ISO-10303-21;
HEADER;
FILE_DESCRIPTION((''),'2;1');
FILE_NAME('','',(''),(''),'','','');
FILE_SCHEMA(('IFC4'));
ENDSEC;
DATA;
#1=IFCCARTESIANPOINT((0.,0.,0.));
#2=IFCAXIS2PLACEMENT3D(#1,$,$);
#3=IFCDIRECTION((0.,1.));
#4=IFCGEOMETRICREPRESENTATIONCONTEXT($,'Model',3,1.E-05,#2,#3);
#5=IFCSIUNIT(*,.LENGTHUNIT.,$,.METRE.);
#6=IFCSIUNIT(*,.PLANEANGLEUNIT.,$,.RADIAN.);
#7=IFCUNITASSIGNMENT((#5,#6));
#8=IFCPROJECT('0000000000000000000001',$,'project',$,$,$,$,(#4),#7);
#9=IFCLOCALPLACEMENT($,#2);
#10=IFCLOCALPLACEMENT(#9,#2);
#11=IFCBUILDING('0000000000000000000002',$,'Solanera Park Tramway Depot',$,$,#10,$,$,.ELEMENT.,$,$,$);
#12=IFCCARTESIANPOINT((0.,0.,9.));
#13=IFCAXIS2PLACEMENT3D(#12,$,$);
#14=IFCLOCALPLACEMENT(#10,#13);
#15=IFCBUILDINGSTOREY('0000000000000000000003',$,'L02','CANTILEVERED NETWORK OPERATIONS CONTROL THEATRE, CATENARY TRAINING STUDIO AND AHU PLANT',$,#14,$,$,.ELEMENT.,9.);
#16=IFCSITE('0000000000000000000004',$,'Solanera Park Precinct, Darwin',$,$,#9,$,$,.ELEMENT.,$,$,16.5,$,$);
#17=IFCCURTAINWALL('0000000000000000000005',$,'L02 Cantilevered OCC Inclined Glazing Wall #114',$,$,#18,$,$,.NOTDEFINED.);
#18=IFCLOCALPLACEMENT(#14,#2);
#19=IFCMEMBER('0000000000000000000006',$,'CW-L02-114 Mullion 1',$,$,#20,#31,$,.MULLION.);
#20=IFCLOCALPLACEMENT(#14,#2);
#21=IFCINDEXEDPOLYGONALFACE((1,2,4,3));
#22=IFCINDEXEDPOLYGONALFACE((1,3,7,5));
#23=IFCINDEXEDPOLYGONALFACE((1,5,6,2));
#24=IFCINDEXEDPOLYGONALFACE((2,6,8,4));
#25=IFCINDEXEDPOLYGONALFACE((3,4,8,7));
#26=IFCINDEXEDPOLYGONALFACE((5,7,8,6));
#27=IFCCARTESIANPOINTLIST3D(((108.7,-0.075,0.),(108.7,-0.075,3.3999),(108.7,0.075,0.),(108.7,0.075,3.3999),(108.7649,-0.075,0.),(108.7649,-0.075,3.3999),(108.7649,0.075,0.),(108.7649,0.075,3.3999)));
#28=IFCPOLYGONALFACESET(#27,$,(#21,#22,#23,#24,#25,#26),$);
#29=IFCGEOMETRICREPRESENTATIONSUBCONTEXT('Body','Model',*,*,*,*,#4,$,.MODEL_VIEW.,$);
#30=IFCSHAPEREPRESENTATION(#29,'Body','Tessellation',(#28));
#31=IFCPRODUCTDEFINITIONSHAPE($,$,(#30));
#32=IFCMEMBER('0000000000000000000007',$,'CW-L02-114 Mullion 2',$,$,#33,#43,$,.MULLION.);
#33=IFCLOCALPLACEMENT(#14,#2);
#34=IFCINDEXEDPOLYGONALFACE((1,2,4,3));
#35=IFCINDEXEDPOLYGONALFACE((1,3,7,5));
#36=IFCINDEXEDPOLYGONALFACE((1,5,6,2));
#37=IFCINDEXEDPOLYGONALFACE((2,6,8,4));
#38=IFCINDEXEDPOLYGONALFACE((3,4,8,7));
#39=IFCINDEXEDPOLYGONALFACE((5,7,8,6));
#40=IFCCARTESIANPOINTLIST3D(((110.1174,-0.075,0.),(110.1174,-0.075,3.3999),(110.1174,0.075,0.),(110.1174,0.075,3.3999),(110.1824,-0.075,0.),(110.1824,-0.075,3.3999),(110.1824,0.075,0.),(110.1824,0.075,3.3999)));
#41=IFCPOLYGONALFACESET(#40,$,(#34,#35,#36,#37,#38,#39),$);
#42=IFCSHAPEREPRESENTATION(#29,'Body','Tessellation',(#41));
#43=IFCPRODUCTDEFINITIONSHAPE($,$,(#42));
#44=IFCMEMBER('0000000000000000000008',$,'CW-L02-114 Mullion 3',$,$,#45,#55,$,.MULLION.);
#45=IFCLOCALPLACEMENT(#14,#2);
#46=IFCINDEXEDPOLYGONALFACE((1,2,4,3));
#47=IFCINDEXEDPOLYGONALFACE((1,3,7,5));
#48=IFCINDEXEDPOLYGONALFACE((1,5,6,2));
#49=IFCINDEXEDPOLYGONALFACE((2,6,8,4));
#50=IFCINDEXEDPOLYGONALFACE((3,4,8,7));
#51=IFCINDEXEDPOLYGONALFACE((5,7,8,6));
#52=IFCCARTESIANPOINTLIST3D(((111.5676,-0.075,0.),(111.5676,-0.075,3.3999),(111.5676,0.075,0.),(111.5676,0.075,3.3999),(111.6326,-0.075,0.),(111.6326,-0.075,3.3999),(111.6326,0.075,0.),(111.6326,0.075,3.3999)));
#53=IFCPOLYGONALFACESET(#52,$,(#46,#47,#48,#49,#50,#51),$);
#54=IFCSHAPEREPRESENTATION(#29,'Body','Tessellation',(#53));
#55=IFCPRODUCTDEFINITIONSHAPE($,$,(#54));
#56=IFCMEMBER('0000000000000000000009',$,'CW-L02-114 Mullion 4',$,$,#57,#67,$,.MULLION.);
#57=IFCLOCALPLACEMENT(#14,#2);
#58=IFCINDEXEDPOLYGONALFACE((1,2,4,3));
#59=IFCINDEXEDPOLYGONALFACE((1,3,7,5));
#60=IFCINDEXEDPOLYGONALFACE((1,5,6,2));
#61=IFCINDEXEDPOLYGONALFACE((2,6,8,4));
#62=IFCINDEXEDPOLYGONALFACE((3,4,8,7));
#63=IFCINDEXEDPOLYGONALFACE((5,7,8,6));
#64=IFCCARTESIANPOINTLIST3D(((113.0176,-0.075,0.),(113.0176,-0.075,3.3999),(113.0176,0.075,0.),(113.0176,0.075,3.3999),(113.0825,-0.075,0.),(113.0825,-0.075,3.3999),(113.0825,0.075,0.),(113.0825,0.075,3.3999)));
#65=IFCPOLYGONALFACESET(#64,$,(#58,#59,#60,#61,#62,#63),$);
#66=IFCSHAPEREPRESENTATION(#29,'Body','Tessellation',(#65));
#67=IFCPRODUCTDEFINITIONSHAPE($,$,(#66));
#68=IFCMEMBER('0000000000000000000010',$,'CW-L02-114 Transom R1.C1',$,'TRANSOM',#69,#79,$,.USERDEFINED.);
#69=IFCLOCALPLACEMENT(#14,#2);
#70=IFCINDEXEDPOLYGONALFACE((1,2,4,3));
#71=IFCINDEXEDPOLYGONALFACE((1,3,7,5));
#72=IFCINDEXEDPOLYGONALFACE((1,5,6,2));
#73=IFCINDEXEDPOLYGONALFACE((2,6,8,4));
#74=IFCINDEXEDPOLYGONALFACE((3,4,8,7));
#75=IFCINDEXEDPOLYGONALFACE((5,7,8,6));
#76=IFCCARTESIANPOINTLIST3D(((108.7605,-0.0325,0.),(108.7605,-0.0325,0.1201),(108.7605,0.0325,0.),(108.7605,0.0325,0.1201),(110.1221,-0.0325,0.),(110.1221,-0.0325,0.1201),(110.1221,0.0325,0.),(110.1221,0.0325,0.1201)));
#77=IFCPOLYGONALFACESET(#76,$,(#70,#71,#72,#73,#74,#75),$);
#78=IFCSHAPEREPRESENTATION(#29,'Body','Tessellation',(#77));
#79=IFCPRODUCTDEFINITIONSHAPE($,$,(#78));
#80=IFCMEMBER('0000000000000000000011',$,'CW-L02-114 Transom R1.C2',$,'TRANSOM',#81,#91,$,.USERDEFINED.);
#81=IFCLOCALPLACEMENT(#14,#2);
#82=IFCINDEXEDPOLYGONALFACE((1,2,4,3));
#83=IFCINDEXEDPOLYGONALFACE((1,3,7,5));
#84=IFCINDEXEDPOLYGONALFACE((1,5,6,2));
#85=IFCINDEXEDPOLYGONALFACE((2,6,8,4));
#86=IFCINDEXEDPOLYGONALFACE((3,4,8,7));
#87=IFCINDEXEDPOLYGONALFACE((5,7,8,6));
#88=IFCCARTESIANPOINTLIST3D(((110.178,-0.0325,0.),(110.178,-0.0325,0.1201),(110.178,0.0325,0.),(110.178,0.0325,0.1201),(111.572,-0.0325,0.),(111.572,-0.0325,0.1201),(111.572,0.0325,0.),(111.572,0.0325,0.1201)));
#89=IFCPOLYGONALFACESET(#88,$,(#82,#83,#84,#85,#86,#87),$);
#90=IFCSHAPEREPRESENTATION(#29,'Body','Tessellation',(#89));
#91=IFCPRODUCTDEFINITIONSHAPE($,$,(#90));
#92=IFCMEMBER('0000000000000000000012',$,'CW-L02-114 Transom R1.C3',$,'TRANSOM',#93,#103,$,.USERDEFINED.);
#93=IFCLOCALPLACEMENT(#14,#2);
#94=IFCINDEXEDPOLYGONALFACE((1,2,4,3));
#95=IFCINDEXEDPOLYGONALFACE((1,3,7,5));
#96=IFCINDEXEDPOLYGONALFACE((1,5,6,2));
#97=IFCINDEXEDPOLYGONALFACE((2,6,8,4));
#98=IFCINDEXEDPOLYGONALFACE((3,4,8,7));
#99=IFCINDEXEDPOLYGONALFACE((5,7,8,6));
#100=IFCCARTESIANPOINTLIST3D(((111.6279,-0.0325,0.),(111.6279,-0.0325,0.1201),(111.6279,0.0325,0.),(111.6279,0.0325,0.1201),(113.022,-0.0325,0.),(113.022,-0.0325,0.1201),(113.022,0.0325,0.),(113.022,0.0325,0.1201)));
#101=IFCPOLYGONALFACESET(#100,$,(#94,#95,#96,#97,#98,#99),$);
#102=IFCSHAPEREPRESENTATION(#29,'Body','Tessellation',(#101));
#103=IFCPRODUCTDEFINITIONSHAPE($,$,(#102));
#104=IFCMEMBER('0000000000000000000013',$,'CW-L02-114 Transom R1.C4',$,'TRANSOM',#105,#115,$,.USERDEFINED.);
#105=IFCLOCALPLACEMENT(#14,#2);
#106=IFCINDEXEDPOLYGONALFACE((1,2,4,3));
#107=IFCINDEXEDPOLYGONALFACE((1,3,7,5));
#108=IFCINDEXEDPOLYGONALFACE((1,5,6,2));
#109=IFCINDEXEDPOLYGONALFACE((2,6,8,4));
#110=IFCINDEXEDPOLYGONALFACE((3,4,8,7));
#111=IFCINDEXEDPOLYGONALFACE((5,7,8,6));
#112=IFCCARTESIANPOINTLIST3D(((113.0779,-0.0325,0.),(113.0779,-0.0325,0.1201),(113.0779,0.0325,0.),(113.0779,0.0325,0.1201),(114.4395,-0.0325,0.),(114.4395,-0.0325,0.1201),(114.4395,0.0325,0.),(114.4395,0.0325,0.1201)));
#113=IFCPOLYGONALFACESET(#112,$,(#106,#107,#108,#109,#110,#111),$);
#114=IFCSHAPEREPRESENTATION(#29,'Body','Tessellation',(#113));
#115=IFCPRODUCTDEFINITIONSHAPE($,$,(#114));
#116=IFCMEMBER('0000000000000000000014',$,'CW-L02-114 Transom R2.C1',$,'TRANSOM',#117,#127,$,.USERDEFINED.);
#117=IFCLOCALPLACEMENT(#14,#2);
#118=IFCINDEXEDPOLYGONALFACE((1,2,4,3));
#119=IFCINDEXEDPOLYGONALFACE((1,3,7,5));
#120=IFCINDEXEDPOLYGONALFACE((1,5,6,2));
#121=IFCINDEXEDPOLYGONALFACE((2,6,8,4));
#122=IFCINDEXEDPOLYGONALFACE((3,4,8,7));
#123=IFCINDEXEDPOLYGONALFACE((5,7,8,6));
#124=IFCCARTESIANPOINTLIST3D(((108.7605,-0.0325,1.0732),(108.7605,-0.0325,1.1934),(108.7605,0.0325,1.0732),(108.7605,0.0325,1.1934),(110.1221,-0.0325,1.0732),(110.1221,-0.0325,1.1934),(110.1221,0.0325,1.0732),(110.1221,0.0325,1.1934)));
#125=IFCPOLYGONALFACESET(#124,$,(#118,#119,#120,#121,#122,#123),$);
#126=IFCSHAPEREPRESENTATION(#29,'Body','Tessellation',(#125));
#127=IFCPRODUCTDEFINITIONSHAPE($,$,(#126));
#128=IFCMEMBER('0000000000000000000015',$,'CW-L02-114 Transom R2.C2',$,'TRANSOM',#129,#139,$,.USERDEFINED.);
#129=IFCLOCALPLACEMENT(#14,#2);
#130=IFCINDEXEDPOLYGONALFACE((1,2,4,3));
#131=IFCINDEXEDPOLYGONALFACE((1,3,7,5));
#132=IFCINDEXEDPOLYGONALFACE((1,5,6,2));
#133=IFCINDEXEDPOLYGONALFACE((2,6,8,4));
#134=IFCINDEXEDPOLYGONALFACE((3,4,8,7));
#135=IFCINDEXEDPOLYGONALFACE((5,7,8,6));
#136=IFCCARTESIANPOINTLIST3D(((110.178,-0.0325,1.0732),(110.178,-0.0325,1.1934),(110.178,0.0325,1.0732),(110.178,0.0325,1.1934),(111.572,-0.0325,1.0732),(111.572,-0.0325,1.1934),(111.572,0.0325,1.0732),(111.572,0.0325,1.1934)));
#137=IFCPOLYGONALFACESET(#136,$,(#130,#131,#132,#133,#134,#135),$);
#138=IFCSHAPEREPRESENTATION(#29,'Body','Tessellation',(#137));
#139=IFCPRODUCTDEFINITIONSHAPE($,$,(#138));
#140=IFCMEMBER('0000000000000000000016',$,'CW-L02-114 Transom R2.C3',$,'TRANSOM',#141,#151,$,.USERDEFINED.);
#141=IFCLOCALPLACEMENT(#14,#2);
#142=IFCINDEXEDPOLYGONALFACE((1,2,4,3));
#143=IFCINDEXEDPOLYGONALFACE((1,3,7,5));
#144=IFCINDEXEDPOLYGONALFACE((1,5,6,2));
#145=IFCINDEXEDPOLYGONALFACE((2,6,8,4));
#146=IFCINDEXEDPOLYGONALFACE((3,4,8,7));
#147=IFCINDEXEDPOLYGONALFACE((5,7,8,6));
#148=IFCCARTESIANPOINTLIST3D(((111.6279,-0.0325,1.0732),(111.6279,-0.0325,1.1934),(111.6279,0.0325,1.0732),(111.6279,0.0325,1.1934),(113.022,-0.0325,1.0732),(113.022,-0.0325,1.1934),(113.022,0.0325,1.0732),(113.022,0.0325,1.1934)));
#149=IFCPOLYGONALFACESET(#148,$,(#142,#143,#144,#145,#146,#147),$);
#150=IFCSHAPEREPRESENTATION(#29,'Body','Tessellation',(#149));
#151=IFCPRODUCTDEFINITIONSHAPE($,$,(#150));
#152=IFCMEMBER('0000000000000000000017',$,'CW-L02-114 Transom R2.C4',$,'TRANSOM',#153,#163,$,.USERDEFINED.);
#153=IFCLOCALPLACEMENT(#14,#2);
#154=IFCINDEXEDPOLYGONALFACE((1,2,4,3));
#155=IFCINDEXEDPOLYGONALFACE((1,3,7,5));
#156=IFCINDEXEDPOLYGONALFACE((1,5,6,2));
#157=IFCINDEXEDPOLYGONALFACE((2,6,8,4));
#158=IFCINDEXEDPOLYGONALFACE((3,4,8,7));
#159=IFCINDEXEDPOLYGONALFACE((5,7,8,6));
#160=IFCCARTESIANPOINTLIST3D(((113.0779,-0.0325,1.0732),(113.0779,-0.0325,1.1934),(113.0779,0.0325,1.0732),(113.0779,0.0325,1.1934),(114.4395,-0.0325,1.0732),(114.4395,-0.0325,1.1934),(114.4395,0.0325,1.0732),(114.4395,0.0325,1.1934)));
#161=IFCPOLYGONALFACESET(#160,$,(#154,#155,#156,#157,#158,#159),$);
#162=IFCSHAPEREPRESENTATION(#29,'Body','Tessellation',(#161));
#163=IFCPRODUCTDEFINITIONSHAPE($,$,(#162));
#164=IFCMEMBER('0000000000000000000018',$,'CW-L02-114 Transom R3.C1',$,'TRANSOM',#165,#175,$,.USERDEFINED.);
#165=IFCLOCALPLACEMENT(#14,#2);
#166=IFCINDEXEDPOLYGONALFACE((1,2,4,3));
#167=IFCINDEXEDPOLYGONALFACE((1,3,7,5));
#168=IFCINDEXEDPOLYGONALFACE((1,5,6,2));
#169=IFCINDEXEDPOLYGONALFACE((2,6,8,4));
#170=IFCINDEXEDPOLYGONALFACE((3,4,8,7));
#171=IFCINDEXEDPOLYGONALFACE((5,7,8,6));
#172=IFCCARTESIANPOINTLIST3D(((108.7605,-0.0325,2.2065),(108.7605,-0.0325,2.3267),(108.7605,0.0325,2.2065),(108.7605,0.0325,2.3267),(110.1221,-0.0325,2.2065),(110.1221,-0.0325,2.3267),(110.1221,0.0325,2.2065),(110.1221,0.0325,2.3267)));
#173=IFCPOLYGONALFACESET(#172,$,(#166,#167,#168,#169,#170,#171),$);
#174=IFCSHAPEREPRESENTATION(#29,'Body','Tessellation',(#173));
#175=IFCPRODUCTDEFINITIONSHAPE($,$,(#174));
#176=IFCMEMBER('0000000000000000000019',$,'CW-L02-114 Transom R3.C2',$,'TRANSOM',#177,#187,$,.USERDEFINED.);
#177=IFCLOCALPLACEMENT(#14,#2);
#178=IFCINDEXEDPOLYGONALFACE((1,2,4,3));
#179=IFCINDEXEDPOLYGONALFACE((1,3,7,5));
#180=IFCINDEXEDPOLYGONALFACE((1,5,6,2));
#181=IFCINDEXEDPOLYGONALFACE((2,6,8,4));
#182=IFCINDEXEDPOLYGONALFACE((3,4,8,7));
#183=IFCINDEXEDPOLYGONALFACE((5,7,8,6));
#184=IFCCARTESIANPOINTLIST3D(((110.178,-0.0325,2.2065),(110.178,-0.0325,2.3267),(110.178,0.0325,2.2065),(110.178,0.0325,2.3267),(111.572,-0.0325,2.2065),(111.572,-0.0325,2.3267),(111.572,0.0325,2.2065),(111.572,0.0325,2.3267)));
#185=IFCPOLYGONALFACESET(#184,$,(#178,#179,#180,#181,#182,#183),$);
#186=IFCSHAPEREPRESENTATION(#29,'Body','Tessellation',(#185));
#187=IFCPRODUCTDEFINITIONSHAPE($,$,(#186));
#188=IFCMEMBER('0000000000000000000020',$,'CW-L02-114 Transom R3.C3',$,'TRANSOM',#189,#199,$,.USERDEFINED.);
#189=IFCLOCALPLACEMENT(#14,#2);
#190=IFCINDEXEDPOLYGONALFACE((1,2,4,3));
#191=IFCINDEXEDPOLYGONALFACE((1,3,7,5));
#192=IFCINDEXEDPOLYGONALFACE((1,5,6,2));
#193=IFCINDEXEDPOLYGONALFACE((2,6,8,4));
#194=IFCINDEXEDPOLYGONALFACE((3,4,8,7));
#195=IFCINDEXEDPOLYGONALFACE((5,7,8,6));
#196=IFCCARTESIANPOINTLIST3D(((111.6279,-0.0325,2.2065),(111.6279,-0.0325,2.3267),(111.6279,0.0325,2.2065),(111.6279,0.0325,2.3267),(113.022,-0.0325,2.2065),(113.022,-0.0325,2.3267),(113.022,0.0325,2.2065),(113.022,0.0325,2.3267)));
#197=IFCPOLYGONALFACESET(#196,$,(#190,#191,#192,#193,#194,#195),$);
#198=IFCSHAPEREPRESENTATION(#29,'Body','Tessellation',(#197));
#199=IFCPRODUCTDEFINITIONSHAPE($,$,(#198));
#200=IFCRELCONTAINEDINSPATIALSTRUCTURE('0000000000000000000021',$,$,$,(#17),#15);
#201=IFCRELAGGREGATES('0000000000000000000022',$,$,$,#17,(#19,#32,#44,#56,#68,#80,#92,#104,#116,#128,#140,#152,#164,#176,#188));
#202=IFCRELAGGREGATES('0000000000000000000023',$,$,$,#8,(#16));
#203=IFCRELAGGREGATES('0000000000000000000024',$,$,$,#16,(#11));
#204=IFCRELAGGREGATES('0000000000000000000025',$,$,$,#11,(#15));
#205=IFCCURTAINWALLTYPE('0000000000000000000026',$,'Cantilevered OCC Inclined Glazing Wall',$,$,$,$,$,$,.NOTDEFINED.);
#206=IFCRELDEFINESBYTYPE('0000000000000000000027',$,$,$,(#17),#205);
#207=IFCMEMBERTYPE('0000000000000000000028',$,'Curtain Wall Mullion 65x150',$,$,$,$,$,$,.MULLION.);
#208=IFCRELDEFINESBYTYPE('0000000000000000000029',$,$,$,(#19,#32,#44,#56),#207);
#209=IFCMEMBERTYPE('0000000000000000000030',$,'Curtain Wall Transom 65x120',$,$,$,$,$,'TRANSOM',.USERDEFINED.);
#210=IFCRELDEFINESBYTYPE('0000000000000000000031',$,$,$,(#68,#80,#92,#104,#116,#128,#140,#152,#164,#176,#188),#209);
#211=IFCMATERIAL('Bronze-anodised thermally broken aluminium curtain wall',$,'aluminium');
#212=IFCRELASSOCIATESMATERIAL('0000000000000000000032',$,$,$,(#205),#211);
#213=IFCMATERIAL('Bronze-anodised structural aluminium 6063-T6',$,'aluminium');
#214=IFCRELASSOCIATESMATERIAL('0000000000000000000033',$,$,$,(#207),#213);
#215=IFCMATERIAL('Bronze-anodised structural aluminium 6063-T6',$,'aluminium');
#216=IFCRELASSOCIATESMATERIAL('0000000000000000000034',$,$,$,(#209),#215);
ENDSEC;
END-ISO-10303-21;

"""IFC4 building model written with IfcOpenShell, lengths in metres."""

from ifc_helpers import new_model, si_unit, direction, frame, origin, origin_2d, place, context, subcontext, project, spatial, rectangle, extrude, material, material_profile, profile_set, type_object, element, aggregate, save


model = new_model("IFC4")

# Units and contexts
model_context = context("Model", 3, precision=1e-05, world=origin(), true_north=direction((0.0, 1.0)))
body_context = subcontext(model_context, "Body", "Model", "MODEL_VIEW")
ifc_project = project(units=[si_unit("LENGTHUNIT", "METRE"), si_unit("PLANEANGLEUNIT", "RADIAN")], contexts=[model_context])

# Site, building, storey
site_placement = place(None, origin())
site = spatial("IfcSite", under=ifc_project, at=site_placement, Name="Solanera Park Precinct, Darwin", CompositionType="ELEMENT", RefElevation=16.5)
building_placement = place(site_placement, origin())
building = spatial("IfcBuilding", under=site, at=building_placement, Name="Solanera Park Tramway Depot", CompositionType="ELEMENT")
storey_placement = place(building_placement, frame((0.0, 0.0, 9.0)))
storey = spatial("IfcBuildingStorey", under=building, at=storey_placement, Name="L02", Description="CANTILEVERED NETWORK OPERATIONS CONTROL THEATRE, CATENARY TRAINING STUDIO AND AHU PLANT", CompositionType="ELEMENT", Elevation=9.0)

# Curtain wall, members
ifc_material_1 = material(Name="Bronze-anodised thermally broken aluminium curtain wall", Category="aluminium")
curtain_wall_type = type_object("IfcCurtainWallType", Name="Cantilevered OCC Inclined Glazing Wall", PredefinedType="NOTDEFINED", material=ifc_material_1)
curtain_wall_placement = place(storey_placement, origin())
curtain_wall = element("IfcCurtainWall", 1, at=curtain_wall_placement, inside=storey, type_object=curtain_wall_type, Name="L02 Cantilevered OCC Inclined Glazing Wall #114", PredefinedType="NOTDEFINED")
ifc_material_2 = material(Name="Bronze-anodised structural aluminium 6063-T6", Category="aluminium")
ifc_material_profile_1 = material_profile(ifc_material_2, rectangle(XDim=0.0649, YDim=0.1499, at=origin_2d()), Name="Curtain Wall Mullion 65x150")
ifc_profile_set_1 = profile_set([ifc_material_profile_1], Name="Bronze-anodised structural aluminium 6063-T6")
member_type_1 = type_object("IfcMemberType", Name="Curtain Wall Mullion 65x150", PredefinedType="MULLION", material=ifc_profile_set_1)
member_1_placement = place(storey_placement, frame((108.7324, 0.0, 0.0), z_axis=(0.0, 0.0, 1.0), x_axis=(1.0, 0.0, 0.0)))
member_1 = element("IfcMember", 2, at=member_1_placement, type_object=member_type_1, Name="CW-L02-114 Mullion 1", PredefinedType="MULLION", context=body_context, shape_type="SweptSolid", body=[
    extrude(rectangle(XDim=0.0649, YDim=0.1499, at=origin_2d()), origin(), (0.0, 0.0, 1.0), 3.3999),
])
member_2_placement = place(storey_placement, frame((110.1499, 0.0, 0.0), z_axis=(0.0, 0.0, 1.0), x_axis=(1.0, 0.0, 0.0)))
member_2 = element("IfcMember", 3, at=member_2_placement, type_object=member_type_1, Name="CW-L02-114 Mullion 2", PredefinedType="MULLION", context=body_context, shape_type="SweptSolid", body=[
    extrude(rectangle(XDim=0.0649, YDim=0.1499, at=origin_2d()), origin(), (0.0, 0.0, 1.0), 3.3999),
])
member_3_placement = place(storey_placement, frame((111.6001, 0.0, 0.0), z_axis=(0.0, 0.0, 1.0), x_axis=(1.0, 0.0, 0.0)))
member_3 = element("IfcMember", 4, at=member_3_placement, type_object=member_type_1, Name="CW-L02-114 Mullion 3", PredefinedType="MULLION", context=body_context, shape_type="SweptSolid", body=[
    extrude(rectangle(XDim=0.0649, YDim=0.1499, at=origin_2d()), origin(), (0.0, 0.0, 1.0), 3.3999),
])
member_4_placement = place(storey_placement, frame((113.05, 0.0, 0.0), z_axis=(0.0, 0.0, 1.0), x_axis=(1.0, 0.0, 0.0)))
member_4 = element("IfcMember", 5, at=member_4_placement, type_object=member_type_1, Name="CW-L02-114 Mullion 4", PredefinedType="MULLION", context=body_context, shape_type="SweptSolid", body=[
    extrude(rectangle(XDim=0.0649, YDim=0.1499, at=origin_2d()), origin(), (0.0, 0.0, 1.0), 3.3999),
])
ifc_material_3 = material(Name="Bronze-anodised structural aluminium 6063-T6", Category="aluminium")
ifc_material_profile_2 = material_profile(ifc_material_3, rectangle(XDim=0.0649, YDim=0.1201, at=origin_2d()), Name="Curtain Wall Transom 65x120")
ifc_profile_set_2 = profile_set([ifc_material_profile_2], Name="Bronze-anodised structural aluminium 6063-T6")
member_type_2 = type_object("IfcMemberType", Name="Curtain Wall Transom 65x120", ElementType="TRANSOM", PredefinedType="USERDEFINED", material=ifc_profile_set_2)
member_5_placement = place(storey_placement, frame((108.7605, 0.0, 0.0601), z_axis=(1.0, 0.0, 0.0), x_axis=(0.0, 1.0, 0.0)))
member_5 = element("IfcMember", 6, at=member_5_placement, type_object=member_type_2, Name="CW-L02-114 Transom R1.C1", ObjectType="TRANSOM", PredefinedType="USERDEFINED", context=body_context, shape_type="SweptSolid", body=[
    extrude(rectangle(XDim=0.0649, YDim=0.1201, at=origin_2d()), origin(), (0.0, 0.0, 1.0), 1.3616),
])
member_6_placement = place(storey_placement, frame((110.178, 0.0, 0.0601), z_axis=(1.0, 0.0, 0.0), x_axis=(0.0, 1.0, 0.0)))
member_6 = element("IfcMember", 7, at=member_6_placement, type_object=member_type_2, Name="CW-L02-114 Transom R1.C2", ObjectType="TRANSOM", PredefinedType="USERDEFINED", context=body_context, shape_type="SweptSolid", body=[
    extrude(rectangle(XDim=0.0649, YDim=0.1201, at=origin_2d()), origin(), (0.0, 0.0, 1.0), 1.394),
])
member_7_placement = place(storey_placement, frame((111.6279, 0.0, 0.0601), z_axis=(1.0, 0.0, 0.0), x_axis=(0.0, 1.0, 0.0)))
member_7 = element("IfcMember", 8, at=member_7_placement, type_object=member_type_2, Name="CW-L02-114 Transom R1.C3", ObjectType="TRANSOM", PredefinedType="USERDEFINED", context=body_context, shape_type="SweptSolid", body=[
    extrude(rectangle(XDim=0.0649, YDim=0.1201, at=origin_2d()), origin(), (0.0, 0.0, 1.0), 1.394),
])
member_8_placement = place(storey_placement, frame((113.0779, 0.0, 0.0601), z_axis=(1.0, 0.0, 0.0), x_axis=(0.0, 1.0, 0.0)))
member_8 = element("IfcMember", 9, at=member_8_placement, type_object=member_type_2, Name="CW-L02-114 Transom R1.C4", ObjectType="TRANSOM", PredefinedType="USERDEFINED", context=body_context, shape_type="SweptSolid", body=[
    extrude(rectangle(XDim=0.0649, YDim=0.1201, at=origin_2d()), origin(), (0.0, 0.0, 1.0), 1.3616),
])
member_9_placement = place(storey_placement, frame((108.7605, 0.0, 1.1333), z_axis=(1.0, 0.0, 0.0), x_axis=(0.0, 1.0, 0.0)))
member_9 = element("IfcMember", 10, at=member_9_placement, type_object=member_type_2, Name="CW-L02-114 Transom R2.C1", ObjectType="TRANSOM", PredefinedType="USERDEFINED", context=body_context, shape_type="SweptSolid", body=[
    extrude(rectangle(XDim=0.0649, YDim=0.1201, at=origin_2d()), origin(), (0.0, 0.0, 1.0), 1.3616),
])
member_10_placement = place(storey_placement, frame((110.178, 0.0, 1.1333), z_axis=(1.0, 0.0, 0.0), x_axis=(0.0, 1.0, 0.0)))
member_10 = element("IfcMember", 11, at=member_10_placement, type_object=member_type_2, Name="CW-L02-114 Transom R2.C2", ObjectType="TRANSOM", PredefinedType="USERDEFINED", context=body_context, shape_type="SweptSolid", body=[
    extrude(rectangle(XDim=0.0649, YDim=0.1201, at=origin_2d()), origin(), (0.0, 0.0, 1.0), 1.394),
])
member_11_placement = place(storey_placement, frame((111.6279, 0.0, 1.1333), z_axis=(1.0, 0.0, 0.0), x_axis=(0.0, 1.0, 0.0)))
member_11 = element("IfcMember", 12, at=member_11_placement, type_object=member_type_2, Name="CW-L02-114 Transom R2.C3", ObjectType="TRANSOM", PredefinedType="USERDEFINED", context=body_context, shape_type="SweptSolid", body=[
    extrude(rectangle(XDim=0.0649, YDim=0.1201, at=origin_2d()), origin(), (0.0, 0.0, 1.0), 1.394),
])
member_12_placement = place(storey_placement, frame((113.0779, 0.0, 1.1333), z_axis=(1.0, 0.0, 0.0), x_axis=(0.0, 1.0, 0.0)))
member_12 = element("IfcMember", 13, at=member_12_placement, type_object=member_type_2, Name="CW-L02-114 Transom R2.C4", ObjectType="TRANSOM", PredefinedType="USERDEFINED", context=body_context, shape_type="SweptSolid", body=[
    extrude(rectangle(XDim=0.0649, YDim=0.1201, at=origin_2d()), origin(), (0.0, 0.0, 1.0), 1.3616),
])
member_13_placement = place(storey_placement, frame((108.7605, 0.0, 2.2666), z_axis=(1.0, 0.0, 0.0), x_axis=(0.0, 1.0, 0.0)))
member_13 = element("IfcMember", 14, at=member_13_placement, type_object=member_type_2, Name="CW-L02-114 Transom R3.C1", ObjectType="TRANSOM", PredefinedType="USERDEFINED", context=body_context, shape_type="SweptSolid", body=[
    extrude(rectangle(XDim=0.0649, YDim=0.1201, at=origin_2d()), origin(), (0.0, 0.0, 1.0), 1.3616),
])
member_14_placement = place(storey_placement, frame((110.178, 0.0, 2.2666), z_axis=(1.0, 0.0, 0.0), x_axis=(0.0, 1.0, 0.0)))
member_14 = element("IfcMember", 15, at=member_14_placement, type_object=member_type_2, Name="CW-L02-114 Transom R3.C2", ObjectType="TRANSOM", PredefinedType="USERDEFINED", context=body_context, shape_type="SweptSolid", body=[
    extrude(rectangle(XDim=0.0649, YDim=0.1201, at=origin_2d()), origin(), (0.0, 0.0, 1.0), 1.394),
])
member_15_placement = place(storey_placement, frame((111.6279, 0.0, 2.2666), z_axis=(1.0, 0.0, 0.0), x_axis=(0.0, 1.0, 0.0)))
member_15 = element("IfcMember", 16, at=member_15_placement, type_object=member_type_2, Name="CW-L02-114 Transom R3.C3", ObjectType="TRANSOM", PredefinedType="USERDEFINED", context=body_context, shape_type="SweptSolid", body=[
    extrude(rectangle(XDim=0.0649, YDim=0.1201, at=origin_2d()), origin(), (0.0, 0.0, 1.0), 1.394),
])
aggregate(curtain_wall, [member_1, member_2, member_3, member_4, member_5, member_6, member_7, member_8, member_9, member_10, member_11, member_12, member_13, member_14, member_15])

save(model, "model.ifc")
